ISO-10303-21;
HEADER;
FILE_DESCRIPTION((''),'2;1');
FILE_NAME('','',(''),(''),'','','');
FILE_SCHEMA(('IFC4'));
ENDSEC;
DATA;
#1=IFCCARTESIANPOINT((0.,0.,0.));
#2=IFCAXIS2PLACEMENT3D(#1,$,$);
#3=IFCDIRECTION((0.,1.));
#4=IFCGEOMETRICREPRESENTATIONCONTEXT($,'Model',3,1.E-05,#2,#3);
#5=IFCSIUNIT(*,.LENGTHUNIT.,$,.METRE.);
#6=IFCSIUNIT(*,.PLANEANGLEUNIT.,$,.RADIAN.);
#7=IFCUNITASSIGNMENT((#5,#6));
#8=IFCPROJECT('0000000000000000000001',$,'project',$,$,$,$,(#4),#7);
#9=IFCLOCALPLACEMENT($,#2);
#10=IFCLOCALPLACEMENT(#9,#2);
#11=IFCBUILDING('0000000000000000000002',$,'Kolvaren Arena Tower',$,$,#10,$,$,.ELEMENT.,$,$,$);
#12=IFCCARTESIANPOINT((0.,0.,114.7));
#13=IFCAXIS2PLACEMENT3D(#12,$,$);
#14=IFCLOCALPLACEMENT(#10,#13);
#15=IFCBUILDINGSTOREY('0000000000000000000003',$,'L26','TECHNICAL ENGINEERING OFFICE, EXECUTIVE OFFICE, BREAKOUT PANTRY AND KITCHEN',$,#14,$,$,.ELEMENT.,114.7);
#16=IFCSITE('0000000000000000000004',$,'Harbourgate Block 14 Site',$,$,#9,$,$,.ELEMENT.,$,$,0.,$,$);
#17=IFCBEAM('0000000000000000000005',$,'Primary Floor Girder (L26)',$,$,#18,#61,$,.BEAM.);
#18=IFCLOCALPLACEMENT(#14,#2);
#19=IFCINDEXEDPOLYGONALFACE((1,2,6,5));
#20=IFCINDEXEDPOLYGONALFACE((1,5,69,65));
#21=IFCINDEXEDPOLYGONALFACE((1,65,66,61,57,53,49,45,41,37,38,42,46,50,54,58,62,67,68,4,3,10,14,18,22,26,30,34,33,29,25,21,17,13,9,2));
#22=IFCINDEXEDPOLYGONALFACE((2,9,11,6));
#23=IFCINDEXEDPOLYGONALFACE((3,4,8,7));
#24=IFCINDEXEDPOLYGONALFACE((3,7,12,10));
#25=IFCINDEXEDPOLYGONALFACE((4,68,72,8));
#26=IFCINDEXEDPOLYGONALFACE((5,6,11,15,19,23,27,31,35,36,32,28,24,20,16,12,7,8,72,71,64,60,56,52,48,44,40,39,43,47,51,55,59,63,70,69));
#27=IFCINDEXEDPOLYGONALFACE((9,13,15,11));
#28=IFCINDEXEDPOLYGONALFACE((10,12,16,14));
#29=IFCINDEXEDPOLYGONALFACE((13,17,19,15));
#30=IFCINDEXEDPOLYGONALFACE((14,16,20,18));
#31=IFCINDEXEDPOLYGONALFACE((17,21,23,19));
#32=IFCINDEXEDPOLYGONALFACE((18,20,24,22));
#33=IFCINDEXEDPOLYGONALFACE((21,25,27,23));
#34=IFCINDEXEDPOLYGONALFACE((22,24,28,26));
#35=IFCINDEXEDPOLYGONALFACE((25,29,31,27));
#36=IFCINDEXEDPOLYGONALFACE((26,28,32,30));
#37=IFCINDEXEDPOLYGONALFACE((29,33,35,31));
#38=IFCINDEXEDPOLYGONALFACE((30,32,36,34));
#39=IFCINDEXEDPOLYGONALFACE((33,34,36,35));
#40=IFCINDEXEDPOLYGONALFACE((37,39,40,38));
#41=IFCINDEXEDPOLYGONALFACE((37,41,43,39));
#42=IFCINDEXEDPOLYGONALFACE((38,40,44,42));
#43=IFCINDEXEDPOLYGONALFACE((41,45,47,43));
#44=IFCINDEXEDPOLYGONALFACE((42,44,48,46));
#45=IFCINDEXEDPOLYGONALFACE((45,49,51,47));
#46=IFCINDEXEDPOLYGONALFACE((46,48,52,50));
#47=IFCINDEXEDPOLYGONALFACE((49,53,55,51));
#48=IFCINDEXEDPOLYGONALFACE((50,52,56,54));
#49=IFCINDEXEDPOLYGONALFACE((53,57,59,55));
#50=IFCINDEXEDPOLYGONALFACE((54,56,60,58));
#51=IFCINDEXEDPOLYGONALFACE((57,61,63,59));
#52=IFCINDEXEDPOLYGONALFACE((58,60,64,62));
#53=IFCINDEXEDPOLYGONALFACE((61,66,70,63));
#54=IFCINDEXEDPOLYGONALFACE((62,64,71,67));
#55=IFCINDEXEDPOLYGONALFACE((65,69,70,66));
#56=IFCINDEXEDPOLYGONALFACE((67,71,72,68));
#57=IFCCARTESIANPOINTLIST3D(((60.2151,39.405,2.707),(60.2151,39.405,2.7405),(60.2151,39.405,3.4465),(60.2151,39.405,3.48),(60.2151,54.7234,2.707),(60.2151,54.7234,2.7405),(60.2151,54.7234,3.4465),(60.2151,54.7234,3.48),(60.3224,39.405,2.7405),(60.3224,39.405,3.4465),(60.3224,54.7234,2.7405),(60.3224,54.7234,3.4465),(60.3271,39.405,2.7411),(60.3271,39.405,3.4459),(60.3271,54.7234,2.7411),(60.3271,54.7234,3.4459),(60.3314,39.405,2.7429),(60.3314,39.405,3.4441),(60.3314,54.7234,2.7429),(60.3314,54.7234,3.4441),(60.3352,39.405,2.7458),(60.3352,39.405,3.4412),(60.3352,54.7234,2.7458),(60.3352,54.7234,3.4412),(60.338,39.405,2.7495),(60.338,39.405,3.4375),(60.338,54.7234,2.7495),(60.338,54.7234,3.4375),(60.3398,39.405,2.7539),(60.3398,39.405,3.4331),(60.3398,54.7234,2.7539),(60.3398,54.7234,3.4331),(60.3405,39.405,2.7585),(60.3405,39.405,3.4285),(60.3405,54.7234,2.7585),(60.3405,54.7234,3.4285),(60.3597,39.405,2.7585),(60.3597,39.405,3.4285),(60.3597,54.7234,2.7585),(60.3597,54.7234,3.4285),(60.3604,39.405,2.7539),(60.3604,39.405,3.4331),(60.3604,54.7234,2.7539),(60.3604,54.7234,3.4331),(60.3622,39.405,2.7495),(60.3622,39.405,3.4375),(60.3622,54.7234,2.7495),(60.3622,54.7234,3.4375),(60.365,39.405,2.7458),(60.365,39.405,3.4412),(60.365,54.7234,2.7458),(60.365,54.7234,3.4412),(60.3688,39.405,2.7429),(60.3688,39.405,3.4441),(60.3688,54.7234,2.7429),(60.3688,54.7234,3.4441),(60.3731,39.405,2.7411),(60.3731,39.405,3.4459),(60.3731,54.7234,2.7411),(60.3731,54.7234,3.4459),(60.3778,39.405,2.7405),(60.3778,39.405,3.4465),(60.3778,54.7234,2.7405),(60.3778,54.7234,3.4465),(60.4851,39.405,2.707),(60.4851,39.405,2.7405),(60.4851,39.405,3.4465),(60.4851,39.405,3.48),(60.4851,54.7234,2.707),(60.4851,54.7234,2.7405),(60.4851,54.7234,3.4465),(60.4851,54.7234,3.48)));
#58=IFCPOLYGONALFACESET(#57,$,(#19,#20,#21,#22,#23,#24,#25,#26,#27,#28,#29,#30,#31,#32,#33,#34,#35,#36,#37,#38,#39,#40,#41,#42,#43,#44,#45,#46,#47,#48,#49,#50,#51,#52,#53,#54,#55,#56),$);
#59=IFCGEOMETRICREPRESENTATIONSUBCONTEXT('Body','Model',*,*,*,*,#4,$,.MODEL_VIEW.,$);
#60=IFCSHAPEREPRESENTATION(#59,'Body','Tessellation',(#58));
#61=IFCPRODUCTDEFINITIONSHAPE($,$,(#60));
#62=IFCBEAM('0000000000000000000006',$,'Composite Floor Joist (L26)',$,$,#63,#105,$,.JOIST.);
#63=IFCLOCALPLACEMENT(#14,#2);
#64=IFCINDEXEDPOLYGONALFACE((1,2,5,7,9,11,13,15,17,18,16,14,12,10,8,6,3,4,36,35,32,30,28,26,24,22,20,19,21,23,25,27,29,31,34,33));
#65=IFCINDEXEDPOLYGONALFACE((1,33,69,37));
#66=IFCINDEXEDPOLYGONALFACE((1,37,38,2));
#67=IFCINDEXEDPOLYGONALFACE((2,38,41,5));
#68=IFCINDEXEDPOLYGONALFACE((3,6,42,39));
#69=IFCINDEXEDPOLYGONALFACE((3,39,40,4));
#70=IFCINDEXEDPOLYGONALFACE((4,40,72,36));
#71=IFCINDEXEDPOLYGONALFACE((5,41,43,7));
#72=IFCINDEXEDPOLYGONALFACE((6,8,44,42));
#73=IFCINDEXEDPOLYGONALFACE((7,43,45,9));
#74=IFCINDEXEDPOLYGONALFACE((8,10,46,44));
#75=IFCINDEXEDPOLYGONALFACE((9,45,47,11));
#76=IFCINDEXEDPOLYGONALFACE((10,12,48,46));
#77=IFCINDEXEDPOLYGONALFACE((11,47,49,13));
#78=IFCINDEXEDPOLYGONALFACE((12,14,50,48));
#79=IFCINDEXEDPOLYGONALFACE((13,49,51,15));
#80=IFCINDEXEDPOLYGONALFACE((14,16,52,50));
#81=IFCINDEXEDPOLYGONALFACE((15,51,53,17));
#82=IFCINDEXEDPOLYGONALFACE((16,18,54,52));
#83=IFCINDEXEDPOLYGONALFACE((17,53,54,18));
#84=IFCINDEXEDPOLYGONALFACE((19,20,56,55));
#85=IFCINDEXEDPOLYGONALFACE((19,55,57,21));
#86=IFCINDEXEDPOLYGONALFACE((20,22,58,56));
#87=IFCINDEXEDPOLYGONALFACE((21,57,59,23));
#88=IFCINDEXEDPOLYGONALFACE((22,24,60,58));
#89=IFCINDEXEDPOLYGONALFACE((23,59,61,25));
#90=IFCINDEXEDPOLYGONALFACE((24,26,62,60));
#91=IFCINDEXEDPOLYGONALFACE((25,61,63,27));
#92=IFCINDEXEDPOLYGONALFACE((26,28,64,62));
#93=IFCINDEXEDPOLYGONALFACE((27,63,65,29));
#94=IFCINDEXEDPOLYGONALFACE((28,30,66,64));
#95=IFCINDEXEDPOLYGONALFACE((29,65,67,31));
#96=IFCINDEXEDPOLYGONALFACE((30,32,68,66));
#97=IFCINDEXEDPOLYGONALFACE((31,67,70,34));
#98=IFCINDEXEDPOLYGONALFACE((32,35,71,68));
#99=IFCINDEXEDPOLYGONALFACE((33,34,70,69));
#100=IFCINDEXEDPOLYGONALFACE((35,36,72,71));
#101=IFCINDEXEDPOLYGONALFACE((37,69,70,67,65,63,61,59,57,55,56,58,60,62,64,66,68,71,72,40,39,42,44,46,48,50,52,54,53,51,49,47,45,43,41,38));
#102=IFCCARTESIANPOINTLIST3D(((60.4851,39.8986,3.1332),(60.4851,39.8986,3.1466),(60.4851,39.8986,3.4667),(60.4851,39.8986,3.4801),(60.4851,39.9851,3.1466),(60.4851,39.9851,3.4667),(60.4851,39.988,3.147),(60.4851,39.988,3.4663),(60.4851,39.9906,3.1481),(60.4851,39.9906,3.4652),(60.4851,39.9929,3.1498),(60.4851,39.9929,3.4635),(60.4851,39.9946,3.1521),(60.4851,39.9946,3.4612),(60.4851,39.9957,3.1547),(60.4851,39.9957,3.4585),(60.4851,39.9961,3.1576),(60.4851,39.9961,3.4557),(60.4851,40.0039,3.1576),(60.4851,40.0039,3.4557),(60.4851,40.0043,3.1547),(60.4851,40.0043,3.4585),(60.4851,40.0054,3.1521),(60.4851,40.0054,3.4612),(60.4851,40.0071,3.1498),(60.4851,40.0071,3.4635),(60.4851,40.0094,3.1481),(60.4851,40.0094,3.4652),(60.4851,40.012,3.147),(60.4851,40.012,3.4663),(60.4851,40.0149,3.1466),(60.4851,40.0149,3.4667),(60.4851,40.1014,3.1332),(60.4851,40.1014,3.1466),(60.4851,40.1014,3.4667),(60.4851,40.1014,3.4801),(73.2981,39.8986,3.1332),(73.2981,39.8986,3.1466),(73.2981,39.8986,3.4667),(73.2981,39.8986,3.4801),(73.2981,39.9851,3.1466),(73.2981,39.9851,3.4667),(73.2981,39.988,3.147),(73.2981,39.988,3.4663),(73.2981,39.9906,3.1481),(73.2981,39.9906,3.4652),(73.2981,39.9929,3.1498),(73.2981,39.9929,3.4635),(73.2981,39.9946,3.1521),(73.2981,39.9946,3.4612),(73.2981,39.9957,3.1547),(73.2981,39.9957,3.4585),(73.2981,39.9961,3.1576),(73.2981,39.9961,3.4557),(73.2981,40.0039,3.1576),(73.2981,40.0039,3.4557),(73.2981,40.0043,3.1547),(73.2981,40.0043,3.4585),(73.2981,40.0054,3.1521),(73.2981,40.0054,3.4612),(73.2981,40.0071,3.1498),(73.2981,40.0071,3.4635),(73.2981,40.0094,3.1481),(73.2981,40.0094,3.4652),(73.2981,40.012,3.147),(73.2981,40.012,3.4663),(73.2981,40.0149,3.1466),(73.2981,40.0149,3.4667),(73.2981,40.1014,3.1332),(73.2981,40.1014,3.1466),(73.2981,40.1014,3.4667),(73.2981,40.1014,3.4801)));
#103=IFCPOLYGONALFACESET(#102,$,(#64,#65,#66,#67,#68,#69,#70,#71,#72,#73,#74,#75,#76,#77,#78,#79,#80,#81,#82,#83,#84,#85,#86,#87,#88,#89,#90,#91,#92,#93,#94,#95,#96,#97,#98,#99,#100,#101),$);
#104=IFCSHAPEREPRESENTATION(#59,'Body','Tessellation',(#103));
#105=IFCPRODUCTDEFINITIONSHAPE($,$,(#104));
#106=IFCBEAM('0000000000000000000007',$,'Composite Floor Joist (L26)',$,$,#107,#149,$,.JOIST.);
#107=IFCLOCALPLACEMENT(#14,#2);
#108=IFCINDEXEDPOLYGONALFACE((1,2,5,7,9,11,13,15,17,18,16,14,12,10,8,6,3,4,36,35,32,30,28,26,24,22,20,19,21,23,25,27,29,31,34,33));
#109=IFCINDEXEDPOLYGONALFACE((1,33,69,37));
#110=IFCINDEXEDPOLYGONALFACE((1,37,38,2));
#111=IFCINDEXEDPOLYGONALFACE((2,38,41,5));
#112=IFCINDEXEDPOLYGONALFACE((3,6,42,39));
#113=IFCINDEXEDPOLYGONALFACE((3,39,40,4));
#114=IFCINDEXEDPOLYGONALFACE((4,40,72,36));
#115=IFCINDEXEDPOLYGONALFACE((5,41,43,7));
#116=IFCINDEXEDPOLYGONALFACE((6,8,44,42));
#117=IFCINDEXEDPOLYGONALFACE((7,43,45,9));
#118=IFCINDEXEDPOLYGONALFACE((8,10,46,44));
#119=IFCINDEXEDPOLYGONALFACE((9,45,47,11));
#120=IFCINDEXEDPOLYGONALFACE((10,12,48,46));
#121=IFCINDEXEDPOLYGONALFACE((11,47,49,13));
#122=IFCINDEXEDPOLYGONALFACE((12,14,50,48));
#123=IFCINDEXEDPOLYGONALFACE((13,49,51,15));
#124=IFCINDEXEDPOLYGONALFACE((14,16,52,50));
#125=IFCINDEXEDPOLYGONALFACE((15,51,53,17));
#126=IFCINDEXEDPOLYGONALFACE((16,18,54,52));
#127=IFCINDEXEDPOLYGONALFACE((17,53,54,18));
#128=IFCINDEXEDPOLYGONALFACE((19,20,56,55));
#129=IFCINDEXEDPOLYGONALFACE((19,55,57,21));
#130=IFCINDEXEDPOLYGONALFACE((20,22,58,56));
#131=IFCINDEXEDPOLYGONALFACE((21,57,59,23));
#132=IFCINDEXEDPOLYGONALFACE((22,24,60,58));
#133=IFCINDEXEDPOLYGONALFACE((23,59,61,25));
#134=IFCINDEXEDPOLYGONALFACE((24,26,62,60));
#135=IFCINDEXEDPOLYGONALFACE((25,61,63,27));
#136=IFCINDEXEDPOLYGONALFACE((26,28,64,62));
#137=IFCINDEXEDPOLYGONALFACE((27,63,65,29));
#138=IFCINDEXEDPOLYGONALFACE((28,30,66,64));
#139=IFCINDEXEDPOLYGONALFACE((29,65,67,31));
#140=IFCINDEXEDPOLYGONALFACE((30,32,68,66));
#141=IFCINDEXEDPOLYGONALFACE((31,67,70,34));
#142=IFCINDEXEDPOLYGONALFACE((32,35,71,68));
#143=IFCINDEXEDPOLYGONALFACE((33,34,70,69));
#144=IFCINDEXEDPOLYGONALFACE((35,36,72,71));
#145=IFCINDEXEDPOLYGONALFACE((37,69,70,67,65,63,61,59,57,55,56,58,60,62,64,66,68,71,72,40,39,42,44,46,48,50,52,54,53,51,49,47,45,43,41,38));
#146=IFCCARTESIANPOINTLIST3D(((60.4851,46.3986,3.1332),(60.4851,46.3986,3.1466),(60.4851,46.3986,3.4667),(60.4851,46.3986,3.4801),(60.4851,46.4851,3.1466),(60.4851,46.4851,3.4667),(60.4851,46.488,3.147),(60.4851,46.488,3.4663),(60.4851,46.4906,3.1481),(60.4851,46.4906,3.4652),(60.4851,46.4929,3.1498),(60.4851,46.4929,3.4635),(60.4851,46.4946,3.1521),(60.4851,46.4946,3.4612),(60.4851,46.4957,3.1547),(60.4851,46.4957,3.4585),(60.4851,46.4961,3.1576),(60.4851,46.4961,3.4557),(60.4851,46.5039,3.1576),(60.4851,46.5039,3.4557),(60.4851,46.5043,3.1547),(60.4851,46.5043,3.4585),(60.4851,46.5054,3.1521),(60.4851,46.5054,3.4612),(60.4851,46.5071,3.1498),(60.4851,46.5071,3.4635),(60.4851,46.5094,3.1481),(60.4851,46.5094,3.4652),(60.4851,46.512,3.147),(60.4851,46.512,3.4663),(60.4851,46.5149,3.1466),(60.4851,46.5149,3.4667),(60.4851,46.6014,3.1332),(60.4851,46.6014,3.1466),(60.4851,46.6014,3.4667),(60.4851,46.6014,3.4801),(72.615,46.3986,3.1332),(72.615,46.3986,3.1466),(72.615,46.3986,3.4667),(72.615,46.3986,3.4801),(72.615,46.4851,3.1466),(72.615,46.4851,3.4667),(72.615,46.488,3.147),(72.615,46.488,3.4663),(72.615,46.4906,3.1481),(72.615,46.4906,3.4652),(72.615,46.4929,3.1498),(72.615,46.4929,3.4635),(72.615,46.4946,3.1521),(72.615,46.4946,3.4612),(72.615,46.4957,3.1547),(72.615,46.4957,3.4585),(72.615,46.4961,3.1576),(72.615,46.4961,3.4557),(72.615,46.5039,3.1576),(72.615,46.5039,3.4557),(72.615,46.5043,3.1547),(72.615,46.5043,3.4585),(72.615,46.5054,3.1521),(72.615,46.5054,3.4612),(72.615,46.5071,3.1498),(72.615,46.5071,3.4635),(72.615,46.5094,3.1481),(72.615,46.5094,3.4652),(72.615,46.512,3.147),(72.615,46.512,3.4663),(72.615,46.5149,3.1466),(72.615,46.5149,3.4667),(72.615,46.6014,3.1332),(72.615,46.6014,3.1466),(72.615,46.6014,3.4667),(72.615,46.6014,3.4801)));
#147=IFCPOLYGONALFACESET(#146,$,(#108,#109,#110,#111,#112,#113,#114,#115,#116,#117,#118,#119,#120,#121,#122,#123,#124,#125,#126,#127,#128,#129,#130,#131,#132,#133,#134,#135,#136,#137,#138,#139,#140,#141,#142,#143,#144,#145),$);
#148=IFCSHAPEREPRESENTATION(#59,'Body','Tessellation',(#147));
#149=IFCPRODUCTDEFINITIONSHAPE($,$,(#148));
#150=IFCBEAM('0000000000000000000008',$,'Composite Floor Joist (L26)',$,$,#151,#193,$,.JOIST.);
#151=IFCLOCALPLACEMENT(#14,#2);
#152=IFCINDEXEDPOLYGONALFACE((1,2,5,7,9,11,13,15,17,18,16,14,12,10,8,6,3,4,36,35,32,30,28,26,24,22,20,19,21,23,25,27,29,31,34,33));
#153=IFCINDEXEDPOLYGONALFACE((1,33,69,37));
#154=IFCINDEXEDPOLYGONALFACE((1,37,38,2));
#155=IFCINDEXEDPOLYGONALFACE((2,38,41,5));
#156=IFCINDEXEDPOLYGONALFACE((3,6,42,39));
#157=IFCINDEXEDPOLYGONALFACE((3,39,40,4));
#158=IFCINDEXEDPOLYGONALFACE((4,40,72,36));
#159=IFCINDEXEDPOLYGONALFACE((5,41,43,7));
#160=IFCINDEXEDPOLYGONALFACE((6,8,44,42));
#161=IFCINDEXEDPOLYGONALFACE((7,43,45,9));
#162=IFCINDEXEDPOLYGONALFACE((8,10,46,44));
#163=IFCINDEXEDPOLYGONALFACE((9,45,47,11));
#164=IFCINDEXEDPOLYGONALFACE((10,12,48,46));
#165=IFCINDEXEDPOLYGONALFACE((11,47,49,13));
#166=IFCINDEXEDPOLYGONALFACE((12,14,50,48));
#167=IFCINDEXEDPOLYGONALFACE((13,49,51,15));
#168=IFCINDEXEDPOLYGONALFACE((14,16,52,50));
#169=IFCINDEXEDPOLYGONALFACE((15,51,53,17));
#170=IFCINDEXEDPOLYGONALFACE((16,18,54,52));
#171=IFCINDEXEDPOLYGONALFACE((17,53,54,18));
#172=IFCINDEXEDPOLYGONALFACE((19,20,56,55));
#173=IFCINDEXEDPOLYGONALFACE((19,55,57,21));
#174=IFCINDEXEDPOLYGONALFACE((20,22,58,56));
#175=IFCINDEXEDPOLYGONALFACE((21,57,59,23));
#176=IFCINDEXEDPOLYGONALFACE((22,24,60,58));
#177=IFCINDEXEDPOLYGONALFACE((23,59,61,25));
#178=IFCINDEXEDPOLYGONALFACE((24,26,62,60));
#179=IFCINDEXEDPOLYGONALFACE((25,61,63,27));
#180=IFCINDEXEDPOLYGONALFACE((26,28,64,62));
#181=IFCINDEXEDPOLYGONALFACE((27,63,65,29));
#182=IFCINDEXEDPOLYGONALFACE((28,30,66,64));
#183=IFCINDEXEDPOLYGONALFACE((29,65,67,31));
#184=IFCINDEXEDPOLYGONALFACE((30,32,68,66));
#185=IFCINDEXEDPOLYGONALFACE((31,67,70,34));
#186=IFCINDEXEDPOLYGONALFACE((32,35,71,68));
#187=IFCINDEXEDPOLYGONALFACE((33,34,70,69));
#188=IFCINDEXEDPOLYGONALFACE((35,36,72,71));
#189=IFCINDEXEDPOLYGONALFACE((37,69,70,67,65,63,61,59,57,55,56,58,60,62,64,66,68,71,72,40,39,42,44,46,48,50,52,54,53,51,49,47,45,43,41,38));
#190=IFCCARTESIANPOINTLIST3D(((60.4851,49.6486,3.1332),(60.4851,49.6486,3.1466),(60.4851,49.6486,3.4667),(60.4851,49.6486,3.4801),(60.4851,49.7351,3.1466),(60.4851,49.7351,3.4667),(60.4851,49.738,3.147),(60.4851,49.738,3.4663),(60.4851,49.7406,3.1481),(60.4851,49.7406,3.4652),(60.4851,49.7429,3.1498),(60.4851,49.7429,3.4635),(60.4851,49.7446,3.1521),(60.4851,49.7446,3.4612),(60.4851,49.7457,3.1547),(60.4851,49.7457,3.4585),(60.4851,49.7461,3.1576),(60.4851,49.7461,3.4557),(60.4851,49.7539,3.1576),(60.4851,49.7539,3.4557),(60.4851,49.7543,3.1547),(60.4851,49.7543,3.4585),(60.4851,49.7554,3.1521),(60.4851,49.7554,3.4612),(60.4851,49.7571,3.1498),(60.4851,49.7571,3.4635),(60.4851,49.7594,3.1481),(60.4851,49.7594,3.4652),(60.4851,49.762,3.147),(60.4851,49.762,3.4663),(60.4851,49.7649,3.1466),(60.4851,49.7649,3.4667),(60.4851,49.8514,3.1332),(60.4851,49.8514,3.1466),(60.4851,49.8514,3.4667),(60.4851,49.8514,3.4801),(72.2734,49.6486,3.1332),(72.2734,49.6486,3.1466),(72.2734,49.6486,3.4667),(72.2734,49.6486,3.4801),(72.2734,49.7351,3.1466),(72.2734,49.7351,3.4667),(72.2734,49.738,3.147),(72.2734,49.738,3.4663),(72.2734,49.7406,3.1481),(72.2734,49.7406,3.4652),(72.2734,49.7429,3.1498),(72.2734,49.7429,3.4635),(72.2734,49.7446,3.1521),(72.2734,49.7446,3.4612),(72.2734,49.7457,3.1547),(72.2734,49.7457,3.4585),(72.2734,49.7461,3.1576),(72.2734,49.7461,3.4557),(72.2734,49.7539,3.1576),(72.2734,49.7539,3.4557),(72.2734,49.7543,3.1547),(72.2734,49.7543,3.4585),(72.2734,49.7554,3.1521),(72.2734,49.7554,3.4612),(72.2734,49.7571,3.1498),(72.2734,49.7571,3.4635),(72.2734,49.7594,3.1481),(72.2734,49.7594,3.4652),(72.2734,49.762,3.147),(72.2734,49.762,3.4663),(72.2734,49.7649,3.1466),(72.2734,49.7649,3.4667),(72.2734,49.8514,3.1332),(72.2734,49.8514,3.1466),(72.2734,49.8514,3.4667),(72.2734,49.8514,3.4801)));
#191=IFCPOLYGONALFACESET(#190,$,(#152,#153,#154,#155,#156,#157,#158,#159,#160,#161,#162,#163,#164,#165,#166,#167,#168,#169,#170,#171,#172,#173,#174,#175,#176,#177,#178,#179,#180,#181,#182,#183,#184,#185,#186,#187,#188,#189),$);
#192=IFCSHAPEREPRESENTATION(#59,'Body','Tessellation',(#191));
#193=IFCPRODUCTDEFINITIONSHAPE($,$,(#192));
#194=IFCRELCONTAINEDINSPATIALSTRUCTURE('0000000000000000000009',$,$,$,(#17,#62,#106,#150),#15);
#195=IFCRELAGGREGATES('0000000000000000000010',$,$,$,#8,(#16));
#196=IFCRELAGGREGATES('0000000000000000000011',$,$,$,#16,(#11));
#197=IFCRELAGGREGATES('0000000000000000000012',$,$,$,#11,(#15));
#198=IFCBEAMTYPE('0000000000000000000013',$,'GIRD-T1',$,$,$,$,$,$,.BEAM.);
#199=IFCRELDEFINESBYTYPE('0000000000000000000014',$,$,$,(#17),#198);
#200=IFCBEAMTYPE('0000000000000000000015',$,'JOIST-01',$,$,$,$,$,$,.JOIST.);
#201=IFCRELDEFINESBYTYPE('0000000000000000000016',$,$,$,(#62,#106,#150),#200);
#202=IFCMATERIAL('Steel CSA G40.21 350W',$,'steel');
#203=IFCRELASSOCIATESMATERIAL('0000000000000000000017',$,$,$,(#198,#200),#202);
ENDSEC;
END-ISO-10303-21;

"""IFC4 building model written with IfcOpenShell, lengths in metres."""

from ifc_helpers import new_model, si_unit, direction, frame, origin, origin_2d, place, context, subcontext, project, spatial, i_section, extrude, material, material_profile, profile_set, type_object, element, save


model = new_model("IFC4")

# Units and contexts
model_context = context("Model", 3, precision=1e-05, world=origin(), true_north=direction((0.0, 1.0)))
body_context = subcontext(model_context, "Body", "Model", "MODEL_VIEW")
ifc_project = project(units=[si_unit("LENGTHUNIT", "METRE"), si_unit("PLANEANGLEUNIT", "RADIAN")], contexts=[model_context])

# Site, building, storey
site_placement = place(None, origin())
site = spatial("IfcSite", under=ifc_project, at=site_placement, Name="Harbourgate Block 14 Site", CompositionType="ELEMENT", RefElevation=0.0)
building_placement = place(site_placement, origin())
building = spatial("IfcBuilding", under=site, at=building_placement, Name="Kolvaren Arena Tower", CompositionType="ELEMENT")
storey_placement = place(building_placement, frame((0.0, 0.0, 114.7)))
storey = spatial("IfcBuildingStorey", under=building, at=storey_placement, Name="L26", Description="TECHNICAL ENGINEERING OFFICE, EXECUTIVE OFFICE, BREAKOUT PANTRY AND KITCHEN", CompositionType="ELEMENT", Elevation=114.7)

# Beams
ifc_material_1 = material(Name="Steel CSA G40.21 350W", Category="steel")
ifc_material_profile_1 = material_profile(ifc_material_1, i_section(OverallWidth=0.27, OverallDepth=0.7729, WebThickness=0.0193, FlangeThickness=0.0334, FilletRadius=0.0181, at=origin_2d()), Name="W760x257")
ifc_profile_set_1 = profile_set([ifc_material_profile_1], Name="Steel CSA G40.21 350W")
beam_type_1 = type_object("IfcBeamType", Name="GIRD-T1", PredefinedType="BEAM", material=ifc_profile_set_1)
beam_1_placement = place(storey_placement, frame((60.3501, 39.405, 3.0935), z_axis=(0.0, 1.0, 0.0), x_axis=(-1.0, 0.0, 0.0)))
element("IfcBeam", 1, at=beam_1_placement, inside=storey, type_object=beam_type_1, Name="Primary Floor Girder (L26)", PredefinedType="BEAM", context=body_context, shape_type="SweptSolid", body=[
    extrude(i_section(OverallWidth=0.27, OverallDepth=0.7729, WebThickness=0.0193, FlangeThickness=0.0334, FilletRadius=0.0181, at=origin_2d()), origin(), (0.0, 0.0, 1.0), 15.3184),
])
ifc_material_profile_2 = material_profile(ifc_material_1, i_section(OverallWidth=0.2029, OverallDepth=0.3469, WebThickness=0.0078, FlangeThickness=0.0134, FilletRadius=0.011, at=origin_2d()), Name="W360x64")
ifc_profile_set_2 = profile_set([ifc_material_profile_2], Name="Steel CSA G40.21 350W")
beam_type_2 = type_object("IfcBeamType", Name="JOIST-01", PredefinedType="JOIST", material=ifc_profile_set_2)
beam_2_placement = place(storey_placement, frame((60.4851, 40.0, 3.3066), z_axis=(1.0, 0.0, 0.0), x_axis=(0.0, 1.0, 0.0)))
element("IfcBeam", 2, at=beam_2_placement, inside=storey, type_object=beam_type_2, Name="Composite Floor Joist (L26)", PredefinedType="JOIST", context=body_context, shape_type="SweptSolid", body=[
    extrude(i_section(OverallWidth=0.2029, OverallDepth=0.3469, WebThickness=0.0078, FlangeThickness=0.0134, FilletRadius=0.011, at=origin_2d()), origin(), (0.0, 0.0, 1.0), 12.813),
])
beam_3_placement = place(storey_placement, frame((60.4851, 46.5, 3.3066), z_axis=(1.0, 0.0, 0.0), x_axis=(0.0, 1.0, 0.0)))
element("IfcBeam", 3, at=beam_3_placement, inside=storey, type_object=beam_type_2, Name="Composite Floor Joist (L26)", PredefinedType="JOIST", context=body_context, shape_type="SweptSolid", body=[
    extrude(i_section(OverallWidth=0.2029, OverallDepth=0.3469, WebThickness=0.0078, FlangeThickness=0.0134, FilletRadius=0.011, at=origin_2d()), origin(), (0.0, 0.0, 1.0), 12.1299),
])
beam_4_placement = place(storey_placement, frame((60.4851, 49.75, 3.3066), z_axis=(1.0, 0.0, 0.0), x_axis=(0.0, 1.0, 0.0)))
element("IfcBeam", 4, at=beam_4_placement, inside=storey, type_object=beam_type_2, Name="Composite Floor Joist (L26)", PredefinedType="JOIST", context=body_context, shape_type="SweptSolid", body=[
    extrude(i_section(OverallWidth=0.2029, OverallDepth=0.3469, WebThickness=0.0078, FlangeThickness=0.0134, FilletRadius=0.011, at=origin_2d()), origin(), (0.0, 0.0, 1.0), 11.7883),
])

save(model, "model.ifc")
